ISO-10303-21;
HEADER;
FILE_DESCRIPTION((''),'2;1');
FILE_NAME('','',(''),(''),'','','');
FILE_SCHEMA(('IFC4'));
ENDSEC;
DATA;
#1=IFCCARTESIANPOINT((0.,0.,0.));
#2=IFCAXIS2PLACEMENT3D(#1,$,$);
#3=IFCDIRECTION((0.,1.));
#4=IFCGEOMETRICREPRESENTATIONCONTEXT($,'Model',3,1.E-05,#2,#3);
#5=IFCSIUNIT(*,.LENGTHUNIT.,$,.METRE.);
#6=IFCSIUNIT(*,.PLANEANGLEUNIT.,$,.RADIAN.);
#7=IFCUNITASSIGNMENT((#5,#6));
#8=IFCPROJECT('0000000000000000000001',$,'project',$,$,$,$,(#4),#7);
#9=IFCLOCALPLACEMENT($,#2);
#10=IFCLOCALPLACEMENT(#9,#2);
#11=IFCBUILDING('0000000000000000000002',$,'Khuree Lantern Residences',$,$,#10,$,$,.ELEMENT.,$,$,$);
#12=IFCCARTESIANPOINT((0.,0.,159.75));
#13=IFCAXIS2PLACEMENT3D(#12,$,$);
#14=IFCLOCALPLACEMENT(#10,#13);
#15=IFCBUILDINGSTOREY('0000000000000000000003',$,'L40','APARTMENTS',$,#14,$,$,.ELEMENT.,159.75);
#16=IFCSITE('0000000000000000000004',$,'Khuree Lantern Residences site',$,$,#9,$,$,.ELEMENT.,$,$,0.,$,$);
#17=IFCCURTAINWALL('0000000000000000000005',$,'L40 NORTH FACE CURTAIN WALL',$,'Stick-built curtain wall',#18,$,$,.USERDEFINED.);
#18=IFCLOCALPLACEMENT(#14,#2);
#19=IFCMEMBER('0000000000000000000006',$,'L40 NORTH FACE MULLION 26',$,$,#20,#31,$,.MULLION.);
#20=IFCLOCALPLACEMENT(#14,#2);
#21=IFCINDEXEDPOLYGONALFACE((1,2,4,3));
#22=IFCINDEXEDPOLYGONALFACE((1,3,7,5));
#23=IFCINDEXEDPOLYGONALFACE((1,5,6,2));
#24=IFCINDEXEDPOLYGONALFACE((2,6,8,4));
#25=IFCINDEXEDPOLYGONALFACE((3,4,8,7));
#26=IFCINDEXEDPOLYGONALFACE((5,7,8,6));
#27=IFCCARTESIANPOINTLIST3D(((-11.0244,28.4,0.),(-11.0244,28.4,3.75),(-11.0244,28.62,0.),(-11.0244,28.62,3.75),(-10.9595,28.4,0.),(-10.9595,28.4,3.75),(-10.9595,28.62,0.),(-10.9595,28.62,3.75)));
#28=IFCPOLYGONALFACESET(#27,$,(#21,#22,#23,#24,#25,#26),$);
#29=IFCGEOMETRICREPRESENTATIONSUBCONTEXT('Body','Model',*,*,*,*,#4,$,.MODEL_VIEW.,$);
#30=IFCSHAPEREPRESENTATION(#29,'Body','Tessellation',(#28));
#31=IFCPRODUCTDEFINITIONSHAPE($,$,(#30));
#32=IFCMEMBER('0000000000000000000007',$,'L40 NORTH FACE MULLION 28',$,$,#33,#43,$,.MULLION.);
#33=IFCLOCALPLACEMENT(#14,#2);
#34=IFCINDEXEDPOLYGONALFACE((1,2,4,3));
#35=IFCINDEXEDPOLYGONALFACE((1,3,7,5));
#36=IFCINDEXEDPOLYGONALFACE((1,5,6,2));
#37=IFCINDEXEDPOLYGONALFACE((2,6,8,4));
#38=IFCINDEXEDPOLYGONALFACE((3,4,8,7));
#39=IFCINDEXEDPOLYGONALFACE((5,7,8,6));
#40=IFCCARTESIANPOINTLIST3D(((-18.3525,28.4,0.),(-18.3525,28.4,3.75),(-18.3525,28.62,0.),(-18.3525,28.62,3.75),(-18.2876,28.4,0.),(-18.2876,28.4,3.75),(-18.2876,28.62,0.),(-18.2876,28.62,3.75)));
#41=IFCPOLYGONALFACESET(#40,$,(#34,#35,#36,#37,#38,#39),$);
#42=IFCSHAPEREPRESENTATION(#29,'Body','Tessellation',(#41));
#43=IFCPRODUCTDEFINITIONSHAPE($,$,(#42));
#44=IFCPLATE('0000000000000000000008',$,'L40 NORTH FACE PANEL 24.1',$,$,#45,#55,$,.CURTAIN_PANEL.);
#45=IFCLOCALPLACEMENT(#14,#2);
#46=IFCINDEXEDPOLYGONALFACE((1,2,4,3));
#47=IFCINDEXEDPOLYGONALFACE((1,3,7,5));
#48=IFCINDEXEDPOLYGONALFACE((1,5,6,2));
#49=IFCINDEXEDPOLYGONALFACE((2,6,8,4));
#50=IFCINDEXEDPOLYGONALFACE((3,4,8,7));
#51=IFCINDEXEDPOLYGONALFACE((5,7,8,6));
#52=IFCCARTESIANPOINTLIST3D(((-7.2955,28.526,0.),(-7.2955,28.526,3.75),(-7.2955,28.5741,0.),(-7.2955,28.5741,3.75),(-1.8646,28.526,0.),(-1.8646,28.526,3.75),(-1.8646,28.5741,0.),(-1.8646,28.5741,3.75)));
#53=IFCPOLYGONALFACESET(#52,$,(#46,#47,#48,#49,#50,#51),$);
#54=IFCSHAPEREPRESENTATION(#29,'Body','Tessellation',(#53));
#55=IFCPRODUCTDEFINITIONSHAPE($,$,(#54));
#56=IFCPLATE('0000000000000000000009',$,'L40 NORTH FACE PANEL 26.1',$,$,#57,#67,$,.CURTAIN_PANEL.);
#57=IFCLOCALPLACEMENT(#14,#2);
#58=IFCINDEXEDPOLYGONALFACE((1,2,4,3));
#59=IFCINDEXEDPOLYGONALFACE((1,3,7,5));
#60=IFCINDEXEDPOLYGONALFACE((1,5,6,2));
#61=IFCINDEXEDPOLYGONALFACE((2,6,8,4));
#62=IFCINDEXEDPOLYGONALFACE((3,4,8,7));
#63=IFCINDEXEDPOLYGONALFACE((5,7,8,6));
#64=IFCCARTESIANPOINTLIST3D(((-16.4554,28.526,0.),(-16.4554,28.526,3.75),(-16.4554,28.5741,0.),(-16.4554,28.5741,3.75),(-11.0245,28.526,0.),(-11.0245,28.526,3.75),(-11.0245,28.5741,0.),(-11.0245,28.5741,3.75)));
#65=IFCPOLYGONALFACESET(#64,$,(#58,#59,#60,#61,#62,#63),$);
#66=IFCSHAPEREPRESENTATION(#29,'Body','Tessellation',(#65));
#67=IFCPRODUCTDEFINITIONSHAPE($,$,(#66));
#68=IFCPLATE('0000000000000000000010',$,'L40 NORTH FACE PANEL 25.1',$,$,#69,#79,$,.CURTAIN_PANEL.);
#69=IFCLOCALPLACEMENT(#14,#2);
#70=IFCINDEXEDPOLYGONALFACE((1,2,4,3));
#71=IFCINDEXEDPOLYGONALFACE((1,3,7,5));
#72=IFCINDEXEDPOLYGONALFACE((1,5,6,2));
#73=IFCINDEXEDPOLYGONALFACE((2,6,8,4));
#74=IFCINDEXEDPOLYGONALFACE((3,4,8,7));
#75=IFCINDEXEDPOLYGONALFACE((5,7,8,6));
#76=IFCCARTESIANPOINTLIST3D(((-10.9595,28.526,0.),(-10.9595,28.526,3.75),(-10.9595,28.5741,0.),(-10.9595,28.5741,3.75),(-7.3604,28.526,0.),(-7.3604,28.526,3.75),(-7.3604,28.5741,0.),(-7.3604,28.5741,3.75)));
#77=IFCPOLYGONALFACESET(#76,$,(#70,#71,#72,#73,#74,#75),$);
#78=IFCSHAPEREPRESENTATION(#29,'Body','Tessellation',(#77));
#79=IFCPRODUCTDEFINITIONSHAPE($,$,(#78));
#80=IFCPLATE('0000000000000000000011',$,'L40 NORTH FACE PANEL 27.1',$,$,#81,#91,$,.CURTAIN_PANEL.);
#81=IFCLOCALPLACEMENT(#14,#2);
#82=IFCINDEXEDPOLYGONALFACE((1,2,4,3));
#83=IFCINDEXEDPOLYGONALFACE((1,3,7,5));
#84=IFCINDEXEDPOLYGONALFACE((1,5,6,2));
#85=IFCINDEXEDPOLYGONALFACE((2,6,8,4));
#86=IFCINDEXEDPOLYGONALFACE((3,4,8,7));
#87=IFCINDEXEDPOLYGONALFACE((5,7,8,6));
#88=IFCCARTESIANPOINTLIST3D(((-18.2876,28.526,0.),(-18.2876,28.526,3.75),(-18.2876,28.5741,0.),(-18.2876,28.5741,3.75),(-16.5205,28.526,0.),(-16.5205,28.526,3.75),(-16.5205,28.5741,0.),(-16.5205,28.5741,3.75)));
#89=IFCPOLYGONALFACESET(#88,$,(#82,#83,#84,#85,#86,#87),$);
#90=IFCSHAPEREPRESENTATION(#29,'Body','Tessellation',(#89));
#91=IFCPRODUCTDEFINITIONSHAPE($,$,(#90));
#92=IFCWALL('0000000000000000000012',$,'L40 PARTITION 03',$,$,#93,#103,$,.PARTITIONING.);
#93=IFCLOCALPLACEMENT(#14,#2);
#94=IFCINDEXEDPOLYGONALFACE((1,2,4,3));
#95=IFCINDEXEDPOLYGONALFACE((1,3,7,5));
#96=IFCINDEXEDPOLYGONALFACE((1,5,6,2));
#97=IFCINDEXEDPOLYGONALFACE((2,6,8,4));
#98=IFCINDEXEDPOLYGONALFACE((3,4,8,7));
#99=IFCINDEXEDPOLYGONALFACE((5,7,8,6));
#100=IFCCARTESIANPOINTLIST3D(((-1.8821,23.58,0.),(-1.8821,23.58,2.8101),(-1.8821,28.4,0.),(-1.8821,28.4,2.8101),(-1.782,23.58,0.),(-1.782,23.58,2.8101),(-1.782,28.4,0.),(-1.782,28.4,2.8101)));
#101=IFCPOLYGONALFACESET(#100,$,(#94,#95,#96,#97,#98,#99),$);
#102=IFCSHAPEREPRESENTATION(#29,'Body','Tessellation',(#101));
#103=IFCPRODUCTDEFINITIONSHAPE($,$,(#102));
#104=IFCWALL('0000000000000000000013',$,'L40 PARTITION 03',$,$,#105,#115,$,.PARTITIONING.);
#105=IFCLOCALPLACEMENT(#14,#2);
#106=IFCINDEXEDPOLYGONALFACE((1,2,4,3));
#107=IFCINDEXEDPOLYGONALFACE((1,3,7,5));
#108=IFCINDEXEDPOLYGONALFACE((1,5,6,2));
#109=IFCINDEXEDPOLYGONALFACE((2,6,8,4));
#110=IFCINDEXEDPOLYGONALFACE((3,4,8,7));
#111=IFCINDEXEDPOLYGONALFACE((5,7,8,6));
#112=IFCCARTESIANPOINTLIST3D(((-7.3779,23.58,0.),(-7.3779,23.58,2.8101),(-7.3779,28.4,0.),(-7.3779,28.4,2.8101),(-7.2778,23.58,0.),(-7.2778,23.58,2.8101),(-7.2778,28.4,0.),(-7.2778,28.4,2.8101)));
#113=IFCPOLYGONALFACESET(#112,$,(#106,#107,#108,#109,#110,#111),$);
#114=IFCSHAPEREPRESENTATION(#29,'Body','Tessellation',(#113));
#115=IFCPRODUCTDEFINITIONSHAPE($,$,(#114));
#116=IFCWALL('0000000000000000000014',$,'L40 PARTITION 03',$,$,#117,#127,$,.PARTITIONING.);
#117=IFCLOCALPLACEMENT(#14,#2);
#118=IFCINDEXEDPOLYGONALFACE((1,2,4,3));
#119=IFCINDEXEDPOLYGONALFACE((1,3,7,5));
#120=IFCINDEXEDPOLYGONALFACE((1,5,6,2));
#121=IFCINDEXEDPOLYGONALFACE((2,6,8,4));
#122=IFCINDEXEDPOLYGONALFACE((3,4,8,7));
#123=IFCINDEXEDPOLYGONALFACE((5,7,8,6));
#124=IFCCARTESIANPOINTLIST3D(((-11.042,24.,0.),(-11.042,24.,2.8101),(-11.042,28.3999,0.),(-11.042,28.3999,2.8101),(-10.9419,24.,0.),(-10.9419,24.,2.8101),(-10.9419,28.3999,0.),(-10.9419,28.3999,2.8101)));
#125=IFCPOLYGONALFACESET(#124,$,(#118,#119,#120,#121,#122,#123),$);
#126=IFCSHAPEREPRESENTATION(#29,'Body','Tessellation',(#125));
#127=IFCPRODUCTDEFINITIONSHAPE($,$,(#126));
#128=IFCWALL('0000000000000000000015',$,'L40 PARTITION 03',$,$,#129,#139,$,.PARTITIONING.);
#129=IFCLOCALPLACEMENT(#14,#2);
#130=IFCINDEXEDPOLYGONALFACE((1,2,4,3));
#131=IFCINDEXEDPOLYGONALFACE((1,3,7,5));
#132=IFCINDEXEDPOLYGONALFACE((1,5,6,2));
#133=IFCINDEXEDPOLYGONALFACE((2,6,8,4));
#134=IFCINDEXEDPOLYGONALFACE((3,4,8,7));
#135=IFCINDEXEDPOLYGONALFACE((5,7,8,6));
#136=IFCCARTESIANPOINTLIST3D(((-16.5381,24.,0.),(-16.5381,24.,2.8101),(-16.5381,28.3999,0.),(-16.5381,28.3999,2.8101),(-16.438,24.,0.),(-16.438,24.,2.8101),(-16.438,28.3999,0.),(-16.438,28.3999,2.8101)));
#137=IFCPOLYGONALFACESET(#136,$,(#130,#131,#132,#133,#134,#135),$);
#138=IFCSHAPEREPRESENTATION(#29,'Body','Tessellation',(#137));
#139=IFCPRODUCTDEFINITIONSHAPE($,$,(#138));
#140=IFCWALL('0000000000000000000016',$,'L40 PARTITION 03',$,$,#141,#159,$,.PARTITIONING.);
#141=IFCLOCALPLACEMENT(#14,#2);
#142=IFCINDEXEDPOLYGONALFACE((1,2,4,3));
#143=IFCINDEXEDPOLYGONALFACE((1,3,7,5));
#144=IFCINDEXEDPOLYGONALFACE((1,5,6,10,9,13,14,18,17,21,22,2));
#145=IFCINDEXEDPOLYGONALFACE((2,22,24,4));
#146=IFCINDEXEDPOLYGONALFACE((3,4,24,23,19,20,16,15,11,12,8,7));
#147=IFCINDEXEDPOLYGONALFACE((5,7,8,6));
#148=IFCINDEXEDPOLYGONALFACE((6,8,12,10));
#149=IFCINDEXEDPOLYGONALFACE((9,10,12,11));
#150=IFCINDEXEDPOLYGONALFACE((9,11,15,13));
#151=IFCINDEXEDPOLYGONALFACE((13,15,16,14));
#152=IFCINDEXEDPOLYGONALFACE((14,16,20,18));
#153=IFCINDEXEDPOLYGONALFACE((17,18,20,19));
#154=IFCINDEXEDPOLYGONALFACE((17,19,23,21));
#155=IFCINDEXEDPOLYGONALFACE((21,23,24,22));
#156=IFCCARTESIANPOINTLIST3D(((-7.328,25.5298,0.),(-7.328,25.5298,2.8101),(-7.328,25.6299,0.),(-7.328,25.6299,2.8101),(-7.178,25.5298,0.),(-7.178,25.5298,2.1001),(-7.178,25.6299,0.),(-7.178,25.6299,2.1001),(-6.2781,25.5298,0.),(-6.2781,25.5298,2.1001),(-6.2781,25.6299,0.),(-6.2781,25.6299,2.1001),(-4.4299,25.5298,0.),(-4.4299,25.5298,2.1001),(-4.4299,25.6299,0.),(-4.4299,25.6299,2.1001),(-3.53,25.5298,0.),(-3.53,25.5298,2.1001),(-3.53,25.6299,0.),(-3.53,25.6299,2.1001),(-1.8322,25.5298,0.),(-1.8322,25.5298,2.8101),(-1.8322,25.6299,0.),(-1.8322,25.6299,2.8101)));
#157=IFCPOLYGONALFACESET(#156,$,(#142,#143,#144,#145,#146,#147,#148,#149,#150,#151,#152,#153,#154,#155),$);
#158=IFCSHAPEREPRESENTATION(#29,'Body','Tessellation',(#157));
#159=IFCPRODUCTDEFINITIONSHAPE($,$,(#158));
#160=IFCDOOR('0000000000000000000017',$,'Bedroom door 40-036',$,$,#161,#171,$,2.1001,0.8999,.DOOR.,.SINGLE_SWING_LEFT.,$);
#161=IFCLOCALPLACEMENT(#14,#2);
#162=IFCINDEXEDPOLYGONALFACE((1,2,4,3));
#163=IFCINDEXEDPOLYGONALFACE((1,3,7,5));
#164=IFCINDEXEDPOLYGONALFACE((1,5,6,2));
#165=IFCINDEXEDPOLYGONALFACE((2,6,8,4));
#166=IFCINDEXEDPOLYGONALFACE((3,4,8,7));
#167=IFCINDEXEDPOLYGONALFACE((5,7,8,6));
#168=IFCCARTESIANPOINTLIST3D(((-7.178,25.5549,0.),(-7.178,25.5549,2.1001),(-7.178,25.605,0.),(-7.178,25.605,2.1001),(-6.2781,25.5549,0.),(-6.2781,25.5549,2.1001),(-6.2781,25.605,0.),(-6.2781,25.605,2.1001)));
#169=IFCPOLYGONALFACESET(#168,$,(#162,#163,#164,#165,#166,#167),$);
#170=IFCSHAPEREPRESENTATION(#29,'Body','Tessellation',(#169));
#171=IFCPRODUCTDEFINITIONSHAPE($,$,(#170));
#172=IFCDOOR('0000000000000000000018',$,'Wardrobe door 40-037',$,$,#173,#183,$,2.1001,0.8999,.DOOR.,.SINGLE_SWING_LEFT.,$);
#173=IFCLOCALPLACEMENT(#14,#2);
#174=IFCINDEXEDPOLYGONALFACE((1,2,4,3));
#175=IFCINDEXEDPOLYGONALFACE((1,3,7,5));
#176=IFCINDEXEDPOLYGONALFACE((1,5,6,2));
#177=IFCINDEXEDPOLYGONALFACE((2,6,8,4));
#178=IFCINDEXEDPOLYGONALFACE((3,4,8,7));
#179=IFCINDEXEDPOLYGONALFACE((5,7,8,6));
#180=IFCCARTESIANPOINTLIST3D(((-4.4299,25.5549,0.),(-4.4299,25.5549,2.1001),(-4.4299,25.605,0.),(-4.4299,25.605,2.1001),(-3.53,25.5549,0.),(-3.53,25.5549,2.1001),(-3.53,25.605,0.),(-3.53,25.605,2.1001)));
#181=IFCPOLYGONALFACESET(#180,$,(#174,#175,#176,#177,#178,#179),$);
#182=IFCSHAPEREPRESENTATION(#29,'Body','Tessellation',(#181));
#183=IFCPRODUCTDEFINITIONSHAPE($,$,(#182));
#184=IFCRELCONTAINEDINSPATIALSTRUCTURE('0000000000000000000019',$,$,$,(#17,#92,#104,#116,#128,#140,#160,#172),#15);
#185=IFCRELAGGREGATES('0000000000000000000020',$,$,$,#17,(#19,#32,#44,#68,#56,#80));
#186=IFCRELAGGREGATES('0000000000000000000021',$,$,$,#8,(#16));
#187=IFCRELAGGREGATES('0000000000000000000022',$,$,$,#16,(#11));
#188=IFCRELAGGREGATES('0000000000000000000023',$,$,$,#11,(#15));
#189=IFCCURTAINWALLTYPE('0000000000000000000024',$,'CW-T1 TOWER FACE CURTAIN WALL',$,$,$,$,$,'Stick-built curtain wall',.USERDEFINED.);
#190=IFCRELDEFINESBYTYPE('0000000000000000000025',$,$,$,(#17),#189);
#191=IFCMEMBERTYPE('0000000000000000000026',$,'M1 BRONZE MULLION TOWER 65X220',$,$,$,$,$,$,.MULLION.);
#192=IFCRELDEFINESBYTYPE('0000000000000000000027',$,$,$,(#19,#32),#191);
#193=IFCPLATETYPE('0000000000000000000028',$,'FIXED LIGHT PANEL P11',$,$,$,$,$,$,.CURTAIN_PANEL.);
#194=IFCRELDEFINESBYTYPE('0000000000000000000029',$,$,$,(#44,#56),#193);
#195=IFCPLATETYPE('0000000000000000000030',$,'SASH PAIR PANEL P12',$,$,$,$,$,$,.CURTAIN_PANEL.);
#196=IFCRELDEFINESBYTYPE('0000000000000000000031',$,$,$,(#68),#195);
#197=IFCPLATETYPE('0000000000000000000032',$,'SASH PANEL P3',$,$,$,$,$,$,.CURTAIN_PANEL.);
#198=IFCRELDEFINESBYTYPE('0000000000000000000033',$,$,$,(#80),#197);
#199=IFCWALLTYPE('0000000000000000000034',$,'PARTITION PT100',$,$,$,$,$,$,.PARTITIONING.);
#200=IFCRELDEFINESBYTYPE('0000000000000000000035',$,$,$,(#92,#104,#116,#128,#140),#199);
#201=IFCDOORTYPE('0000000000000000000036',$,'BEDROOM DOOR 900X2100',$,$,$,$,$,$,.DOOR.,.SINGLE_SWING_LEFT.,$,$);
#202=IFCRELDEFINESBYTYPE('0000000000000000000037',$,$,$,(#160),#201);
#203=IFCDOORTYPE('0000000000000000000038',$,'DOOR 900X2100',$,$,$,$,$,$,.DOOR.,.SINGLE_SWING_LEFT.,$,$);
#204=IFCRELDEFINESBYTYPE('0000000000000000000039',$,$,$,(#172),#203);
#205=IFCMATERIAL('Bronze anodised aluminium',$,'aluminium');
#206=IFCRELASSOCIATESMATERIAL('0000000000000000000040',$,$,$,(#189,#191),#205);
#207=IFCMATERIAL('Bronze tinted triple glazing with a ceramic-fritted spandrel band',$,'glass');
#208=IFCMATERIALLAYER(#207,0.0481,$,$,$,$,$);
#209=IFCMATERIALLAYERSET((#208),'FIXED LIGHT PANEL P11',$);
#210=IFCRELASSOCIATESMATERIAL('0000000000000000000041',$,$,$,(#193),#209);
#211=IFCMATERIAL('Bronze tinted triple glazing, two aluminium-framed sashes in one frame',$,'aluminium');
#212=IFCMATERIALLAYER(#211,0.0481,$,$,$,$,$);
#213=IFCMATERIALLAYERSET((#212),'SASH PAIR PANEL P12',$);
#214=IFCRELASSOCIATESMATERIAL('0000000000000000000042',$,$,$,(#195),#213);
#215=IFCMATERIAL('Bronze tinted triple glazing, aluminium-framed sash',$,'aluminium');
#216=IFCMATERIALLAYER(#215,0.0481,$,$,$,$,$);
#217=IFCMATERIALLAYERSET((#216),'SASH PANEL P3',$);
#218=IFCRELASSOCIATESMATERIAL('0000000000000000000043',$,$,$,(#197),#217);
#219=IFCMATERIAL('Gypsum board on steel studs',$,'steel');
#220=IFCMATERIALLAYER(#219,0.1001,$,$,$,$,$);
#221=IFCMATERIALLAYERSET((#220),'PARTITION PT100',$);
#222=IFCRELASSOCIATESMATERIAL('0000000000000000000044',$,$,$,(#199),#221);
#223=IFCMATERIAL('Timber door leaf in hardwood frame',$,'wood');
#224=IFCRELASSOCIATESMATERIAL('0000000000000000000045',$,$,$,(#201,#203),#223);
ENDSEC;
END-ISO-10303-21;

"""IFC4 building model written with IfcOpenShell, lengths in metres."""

from ifc_helpers import new_model, si_unit, direction, frame, frame_2d, origin, origin_2d, place, context, subcontext, project, spatial, rectangle, extrude, material, layer, layer_set, material_profile, profile_set, type_object, element, fill, aggregate, save


model = new_model("IFC4")

# Units and contexts
model_context = context("Model", 3, precision=1e-05, world=origin(), true_north=direction((0.0, 1.0)))
body_context = subcontext(model_context, "Body", "Model", "MODEL_VIEW")
ifc_project = project(units=[si_unit("LENGTHUNIT", "METRE"), si_unit("PLANEANGLEUNIT", "RADIAN")], contexts=[model_context])

# Site, building, storey
site_placement = place(None, origin())
site = spatial("IfcSite", under=ifc_project, at=site_placement, Name="Khuree Lantern Residences site", CompositionType="ELEMENT", RefElevation=0.0)
building_placement = place(site_placement, origin())
building = spatial("IfcBuilding", under=site, at=building_placement, Name="Khuree Lantern Residences", CompositionType="ELEMENT")
storey_placement = place(building_placement, frame((0.0, 0.0, 159.75)))
storey = spatial("IfcBuildingStorey", under=building, at=storey_placement, Name="L40", Description="APARTMENTS", CompositionType="ELEMENT", Elevation=159.75)

# Curtain wall
ifc_material_1 = material(Name="Bronze anodised aluminium", Category="aluminium")
curtain_wall_type = type_object("IfcCurtainWallType", Name="CW-T1 TOWER FACE CURTAIN WALL", ElementType="Stick-built curtain wall", PredefinedType="USERDEFINED", material=ifc_material_1)
curtain_wall_placement = place(storey_placement, origin())
curtain_wall = element("IfcCurtainWall", 1, at=curtain_wall_placement, inside=storey, type_object=curtain_wall_type, Name="L40 NORTH FACE CURTAIN WALL", ObjectType="Stick-built curtain wall", PredefinedType="USERDEFINED")

# Members
ifc_material_profile_1 = material_profile(ifc_material_1, rectangle(XDim=0.0649, YDim=0.22, at=origin_2d()), Name="M1 65X220")
ifc_profile_set_1 = profile_set([ifc_material_profile_1], Name="Bronze anodised aluminium")
member_type_1 = type_object("IfcMemberType", Name="M1 BRONZE MULLION TOWER 65X220", PredefinedType="MULLION", material=ifc_profile_set_1)
member_1_placement = place(storey_placement, frame((-10.9919, 28.51, 0.0), z_axis=(0.0, 0.0, 1.0), x_axis=(-1.0, 0.0, 0.0)))
member_1 = element("IfcMember", 2, at=member_1_placement, type_object=member_type_1, Name="L40 NORTH FACE MULLION 26", PredefinedType="MULLION", context=body_context, shape_type="SweptSolid", body=[
    extrude(rectangle(XDim=0.0649, YDim=0.22, at=origin_2d()), origin(), (0.0, 0.0, 1.0), 3.75),
])
member_2_placement = place(storey_placement, frame((-18.3201, 28.51, 0.0), z_axis=(0.0, 0.0, 1.0), x_axis=(-1.0, 0.0, 0.0)))
member_2 = element("IfcMember", 3, at=member_2_placement, type_object=member_type_1, Name="L40 NORTH FACE MULLION 28", PredefinedType="MULLION", context=body_context, shape_type="SweptSolid", body=[
    extrude(rectangle(XDim=0.0649, YDim=0.22, at=origin_2d()), origin(), (0.0, 0.0, 1.0), 3.75),
])

# Plates
ifc_material_2 = material(Name="Bronze tinted triple glazing with a ceramic-fritted spandrel band", Category="glass")
ifc_layer_1 = layer(ifc_material_2, 0.0481)
ifc_layer_set_1 = layer_set([ifc_layer_1], Name="FIXED LIGHT PANEL P11")
plate_type_1 = type_object("IfcPlateType", Name="FIXED LIGHT PANEL P11", PredefinedType="CURTAIN_PANEL", material=ifc_layer_set_1)
plate_1_placement = place(storey_placement, frame((-4.5801, 28.55, 0.0), z_axis=(0.0, 0.0, 1.0), x_axis=(-1.0, 0.0, 0.0)))
plate_1 = element("IfcPlate", 4, at=plate_1_placement, type_object=plate_type_1, Name="L40 NORTH FACE PANEL 24.1", PredefinedType="CURTAIN_PANEL", context=body_context, shape_type="SweptSolid", body=[
    extrude(rectangle(XDim=5.4309, YDim=0.0481, at=origin_2d()), origin(), (0.0, 0.0, 1.0), 3.75),
])
plate_2_placement = place(storey_placement, frame((-13.74, 28.55, 0.0), z_axis=(0.0, 0.0, 1.0), x_axis=(-1.0, 0.0, 0.0)))
plate_2 = element("IfcPlate", 5, at=plate_2_placement, type_object=plate_type_1, Name="L40 NORTH FACE PANEL 26.1", PredefinedType="CURTAIN_PANEL", context=body_context, shape_type="SweptSolid", body=[
    extrude(rectangle(XDim=5.4309, YDim=0.0481, at=origin_2d()), origin(), (0.0, 0.0, 1.0), 3.75),
])
ifc_material_3 = material(Name="Bronze tinted triple glazing, two aluminium-framed sashes in one frame", Category="aluminium")
ifc_layer_2 = layer(ifc_material_3, 0.0481)
ifc_layer_set_2 = layer_set([ifc_layer_2], Name="SASH PAIR PANEL P12")
plate_type_2 = type_object("IfcPlateType", Name="SASH PAIR PANEL P12", PredefinedType="CURTAIN_PANEL", material=ifc_layer_set_2)
plate_3_placement = place(storey_placement, frame((-9.1599, 28.55, 0.0), z_axis=(0.0, 0.0, 1.0), x_axis=(-1.0, 0.0, 0.0)))
plate_3 = element("IfcPlate", 6, at=plate_3_placement, type_object=plate_type_2, Name="L40 NORTH FACE PANEL 25.1", PredefinedType="CURTAIN_PANEL", context=body_context, shape_type="SweptSolid", body=[
    extrude(rectangle(XDim=3.5991, YDim=0.0481, at=origin_2d()), origin(), (0.0, 0.0, 1.0), 3.75),
])
ifc_material_4 = material(Name="Bronze tinted triple glazing, aluminium-framed sash", Category="aluminium")
ifc_layer_3 = layer(ifc_material_4, 0.0481)
ifc_layer_set_3 = layer_set([ifc_layer_3], Name="SASH PANEL P3")
plate_type_3 = type_object("IfcPlateType", Name="SASH PANEL P3", PredefinedType="CURTAIN_PANEL", material=ifc_layer_set_3)
plate_4_placement = place(storey_placement, frame((-17.4041, 28.55, 0.0), z_axis=(0.0, 0.0, 1.0), x_axis=(-1.0, 0.0, 0.0)))
plate_4 = element("IfcPlate", 7, at=plate_4_placement, type_object=plate_type_3, Name="L40 NORTH FACE PANEL 27.1", PredefinedType="CURTAIN_PANEL", context=body_context, shape_type="SweptSolid", body=[
    extrude(rectangle(XDim=1.7671, YDim=0.0481, at=origin_2d()), origin(), (0.0, 0.0, 1.0), 3.75),
])
aggregate(curtain_wall, [member_1, member_2, plate_1, plate_3, plate_2, plate_4])

# Walls
ifc_material_5 = material(Name="Gypsum board on steel studs", Category="steel")
ifc_layer_4 = layer(ifc_material_5, 0.1001)
ifc_layer_set_4 = layer_set([ifc_layer_4], Name="PARTITION PT100")
wall_type = type_object("IfcWallType", Name="PARTITION PT100", PredefinedType="PARTITIONING", material=ifc_layer_set_4)
for number, where, z_axis, x_axis, name in (
    (8, (-1.832, 23.5798, 0.0), (0.0, 0.0, 1.0), (0.0, 1.0, 0.0), "L40 PARTITION 03"),
    (9, (-7.3279, 23.5798, 0.0), (0.0, 0.0, 1.0), (0.0, 1.0, 0.0), "L40 PARTITION 03"),
):
    element("IfcWall", number, at=place(storey_placement, frame(where, z_axis=z_axis, x_axis=x_axis)), inside=storey, type_object=wall_type, Name=name, PredefinedType="PARTITIONING", context=body_context, shape_type="SweptSolid", body=[
        extrude(rectangle(XDim=4.8201, YDim=0.1001, at=frame_2d((2.4102, 0.0))), origin(), (0.0, 0.0, 1.0), 2.8101),
    ])
for number, where, z_axis, x_axis, name in (
    (10, (-10.9919, 24.0, 0.0), (0.0, 0.0, 1.0), (0.0, 1.0, 0.0), "L40 PARTITION 03"),
    (11, (-16.488, 24.0, 0.0), (0.0, 0.0, 1.0), (0.0, 1.0, 0.0), "L40 PARTITION 03"),
):
    element("IfcWall", number, at=place(storey_placement, frame(where, z_axis=z_axis, x_axis=x_axis)), inside=storey, type_object=wall_type, Name=name, PredefinedType="PARTITIONING", context=body_context, shape_type="SweptSolid", body=[
        extrude(rectangle(XDim=4.3999, YDim=0.1001, at=frame_2d((2.2, 0.0))), origin(), (0.0, 0.0, 1.0), 2.8101),
    ])

# Wall, openings, doors
wall_1_placement = place(storey_placement, frame((-1.832, 25.5798, 0.0), z_axis=(0.0, 0.0, 1.0), x_axis=(-1.0, 0.0, 0.0)))
wall_1 = element("IfcWall", 12, at=wall_1_placement, inside=storey, type_object=wall_type, Name="L40 PARTITION 03", PredefinedType="PARTITIONING", context=body_context, shape_type="SweptSolid", body=[
    extrude(rectangle(XDim=5.4958, YDim=0.1001, at=frame_2d((2.748, 0.0))), origin(), (0.0, 0.0, 1.0), 2.8101),
])
opening_1_placement = place(wall_1_placement, frame((4.446, 0.0, 0.0)))
opening_1 = element("IfcOpeningElement", 13, at=opening_1_placement, cuts=wall_1, PredefinedType="OPENING", context=body_context, shape_type="SweptSolid", body=[
    extrude(rectangle(XDim=0.8999, YDim=2.1001, at=frame_2d((0.45, 1.05))), frame((0.0, 0.0601, 0.0), z_axis=(0.0, -1.0, 0.0), x_axis=(1.0, 0.0, 0.0)), (0.0, 0.0, 1.0), 0.1201),
])
opening_2_placement = place(wall_1_placement, frame((1.698, 0.0, 0.0)))
opening_2 = element("IfcOpeningElement", 14, at=opening_2_placement, cuts=wall_1, PredefinedType="OPENING", context=body_context, shape_type="SweptSolid", body=[
    extrude(rectangle(XDim=0.8999, YDim=2.1001, at=frame_2d((0.45, 1.05))), frame((0.0, 0.0601, 0.0), z_axis=(0.0, -1.0, 0.0), x_axis=(1.0, 0.0, 0.0)), (0.0, 0.0, 1.0), 0.1201),
])
ifc_material_6 = material(Name="Timber door leaf in hardwood frame", Category="wood")
door_type_1 = type_object("IfcDoorType", Name="BEDROOM DOOR 900X2100", OperationType="SINGLE_SWING_LEFT", PredefinedType="DOOR", material=ifc_material_6)
door_1_placement = place(opening_1_placement, origin())
door_1 = element("IfcDoor", 15, at=door_1_placement, inside=storey, type_object=door_type_1, Name="Bedroom door 40-036", OperationType="SINGLE_SWING_LEFT", OverallHeight=2.1001, OverallWidth=0.8999, PredefinedType="DOOR", context=body_context, shape_type="SweptSolid", body=[
    extrude(rectangle(XDim=0.8999, YDim=2.1001, at=frame_2d((0.45, 1.05))), frame((0.0, 0.0249, 0.0), z_axis=(0.0, -1.0, 0.0), x_axis=(1.0, 0.0, 0.0)), (0.0, 0.0, 1.0), 0.05),
])
fill(opening_1, door_1)
door_type_2 = type_object("IfcDoorType", Name="DOOR 900X2100", OperationType="SINGLE_SWING_LEFT", PredefinedType="DOOR", material=ifc_material_6)
door_2_placement = place(opening_2_placement, origin())
door_2 = element("IfcDoor", 16, at=door_2_placement, inside=storey, type_object=door_type_2, Name="Wardrobe door 40-037", OperationType="SINGLE_SWING_LEFT", OverallHeight=2.1001, OverallWidth=0.8999, PredefinedType="DOOR", context=body_context, shape_type="SweptSolid", body=[
    extrude(rectangle(XDim=0.8999, YDim=2.1001, at=frame_2d((0.45, 1.05))), frame((0.0, 0.0249, 0.0), z_axis=(0.0, -1.0, 0.0), x_axis=(1.0, 0.0, 0.0)), (0.0, 0.0, 1.0), 0.05),
])
fill(opening_2, door_2)

save(model, "model.ifc")
